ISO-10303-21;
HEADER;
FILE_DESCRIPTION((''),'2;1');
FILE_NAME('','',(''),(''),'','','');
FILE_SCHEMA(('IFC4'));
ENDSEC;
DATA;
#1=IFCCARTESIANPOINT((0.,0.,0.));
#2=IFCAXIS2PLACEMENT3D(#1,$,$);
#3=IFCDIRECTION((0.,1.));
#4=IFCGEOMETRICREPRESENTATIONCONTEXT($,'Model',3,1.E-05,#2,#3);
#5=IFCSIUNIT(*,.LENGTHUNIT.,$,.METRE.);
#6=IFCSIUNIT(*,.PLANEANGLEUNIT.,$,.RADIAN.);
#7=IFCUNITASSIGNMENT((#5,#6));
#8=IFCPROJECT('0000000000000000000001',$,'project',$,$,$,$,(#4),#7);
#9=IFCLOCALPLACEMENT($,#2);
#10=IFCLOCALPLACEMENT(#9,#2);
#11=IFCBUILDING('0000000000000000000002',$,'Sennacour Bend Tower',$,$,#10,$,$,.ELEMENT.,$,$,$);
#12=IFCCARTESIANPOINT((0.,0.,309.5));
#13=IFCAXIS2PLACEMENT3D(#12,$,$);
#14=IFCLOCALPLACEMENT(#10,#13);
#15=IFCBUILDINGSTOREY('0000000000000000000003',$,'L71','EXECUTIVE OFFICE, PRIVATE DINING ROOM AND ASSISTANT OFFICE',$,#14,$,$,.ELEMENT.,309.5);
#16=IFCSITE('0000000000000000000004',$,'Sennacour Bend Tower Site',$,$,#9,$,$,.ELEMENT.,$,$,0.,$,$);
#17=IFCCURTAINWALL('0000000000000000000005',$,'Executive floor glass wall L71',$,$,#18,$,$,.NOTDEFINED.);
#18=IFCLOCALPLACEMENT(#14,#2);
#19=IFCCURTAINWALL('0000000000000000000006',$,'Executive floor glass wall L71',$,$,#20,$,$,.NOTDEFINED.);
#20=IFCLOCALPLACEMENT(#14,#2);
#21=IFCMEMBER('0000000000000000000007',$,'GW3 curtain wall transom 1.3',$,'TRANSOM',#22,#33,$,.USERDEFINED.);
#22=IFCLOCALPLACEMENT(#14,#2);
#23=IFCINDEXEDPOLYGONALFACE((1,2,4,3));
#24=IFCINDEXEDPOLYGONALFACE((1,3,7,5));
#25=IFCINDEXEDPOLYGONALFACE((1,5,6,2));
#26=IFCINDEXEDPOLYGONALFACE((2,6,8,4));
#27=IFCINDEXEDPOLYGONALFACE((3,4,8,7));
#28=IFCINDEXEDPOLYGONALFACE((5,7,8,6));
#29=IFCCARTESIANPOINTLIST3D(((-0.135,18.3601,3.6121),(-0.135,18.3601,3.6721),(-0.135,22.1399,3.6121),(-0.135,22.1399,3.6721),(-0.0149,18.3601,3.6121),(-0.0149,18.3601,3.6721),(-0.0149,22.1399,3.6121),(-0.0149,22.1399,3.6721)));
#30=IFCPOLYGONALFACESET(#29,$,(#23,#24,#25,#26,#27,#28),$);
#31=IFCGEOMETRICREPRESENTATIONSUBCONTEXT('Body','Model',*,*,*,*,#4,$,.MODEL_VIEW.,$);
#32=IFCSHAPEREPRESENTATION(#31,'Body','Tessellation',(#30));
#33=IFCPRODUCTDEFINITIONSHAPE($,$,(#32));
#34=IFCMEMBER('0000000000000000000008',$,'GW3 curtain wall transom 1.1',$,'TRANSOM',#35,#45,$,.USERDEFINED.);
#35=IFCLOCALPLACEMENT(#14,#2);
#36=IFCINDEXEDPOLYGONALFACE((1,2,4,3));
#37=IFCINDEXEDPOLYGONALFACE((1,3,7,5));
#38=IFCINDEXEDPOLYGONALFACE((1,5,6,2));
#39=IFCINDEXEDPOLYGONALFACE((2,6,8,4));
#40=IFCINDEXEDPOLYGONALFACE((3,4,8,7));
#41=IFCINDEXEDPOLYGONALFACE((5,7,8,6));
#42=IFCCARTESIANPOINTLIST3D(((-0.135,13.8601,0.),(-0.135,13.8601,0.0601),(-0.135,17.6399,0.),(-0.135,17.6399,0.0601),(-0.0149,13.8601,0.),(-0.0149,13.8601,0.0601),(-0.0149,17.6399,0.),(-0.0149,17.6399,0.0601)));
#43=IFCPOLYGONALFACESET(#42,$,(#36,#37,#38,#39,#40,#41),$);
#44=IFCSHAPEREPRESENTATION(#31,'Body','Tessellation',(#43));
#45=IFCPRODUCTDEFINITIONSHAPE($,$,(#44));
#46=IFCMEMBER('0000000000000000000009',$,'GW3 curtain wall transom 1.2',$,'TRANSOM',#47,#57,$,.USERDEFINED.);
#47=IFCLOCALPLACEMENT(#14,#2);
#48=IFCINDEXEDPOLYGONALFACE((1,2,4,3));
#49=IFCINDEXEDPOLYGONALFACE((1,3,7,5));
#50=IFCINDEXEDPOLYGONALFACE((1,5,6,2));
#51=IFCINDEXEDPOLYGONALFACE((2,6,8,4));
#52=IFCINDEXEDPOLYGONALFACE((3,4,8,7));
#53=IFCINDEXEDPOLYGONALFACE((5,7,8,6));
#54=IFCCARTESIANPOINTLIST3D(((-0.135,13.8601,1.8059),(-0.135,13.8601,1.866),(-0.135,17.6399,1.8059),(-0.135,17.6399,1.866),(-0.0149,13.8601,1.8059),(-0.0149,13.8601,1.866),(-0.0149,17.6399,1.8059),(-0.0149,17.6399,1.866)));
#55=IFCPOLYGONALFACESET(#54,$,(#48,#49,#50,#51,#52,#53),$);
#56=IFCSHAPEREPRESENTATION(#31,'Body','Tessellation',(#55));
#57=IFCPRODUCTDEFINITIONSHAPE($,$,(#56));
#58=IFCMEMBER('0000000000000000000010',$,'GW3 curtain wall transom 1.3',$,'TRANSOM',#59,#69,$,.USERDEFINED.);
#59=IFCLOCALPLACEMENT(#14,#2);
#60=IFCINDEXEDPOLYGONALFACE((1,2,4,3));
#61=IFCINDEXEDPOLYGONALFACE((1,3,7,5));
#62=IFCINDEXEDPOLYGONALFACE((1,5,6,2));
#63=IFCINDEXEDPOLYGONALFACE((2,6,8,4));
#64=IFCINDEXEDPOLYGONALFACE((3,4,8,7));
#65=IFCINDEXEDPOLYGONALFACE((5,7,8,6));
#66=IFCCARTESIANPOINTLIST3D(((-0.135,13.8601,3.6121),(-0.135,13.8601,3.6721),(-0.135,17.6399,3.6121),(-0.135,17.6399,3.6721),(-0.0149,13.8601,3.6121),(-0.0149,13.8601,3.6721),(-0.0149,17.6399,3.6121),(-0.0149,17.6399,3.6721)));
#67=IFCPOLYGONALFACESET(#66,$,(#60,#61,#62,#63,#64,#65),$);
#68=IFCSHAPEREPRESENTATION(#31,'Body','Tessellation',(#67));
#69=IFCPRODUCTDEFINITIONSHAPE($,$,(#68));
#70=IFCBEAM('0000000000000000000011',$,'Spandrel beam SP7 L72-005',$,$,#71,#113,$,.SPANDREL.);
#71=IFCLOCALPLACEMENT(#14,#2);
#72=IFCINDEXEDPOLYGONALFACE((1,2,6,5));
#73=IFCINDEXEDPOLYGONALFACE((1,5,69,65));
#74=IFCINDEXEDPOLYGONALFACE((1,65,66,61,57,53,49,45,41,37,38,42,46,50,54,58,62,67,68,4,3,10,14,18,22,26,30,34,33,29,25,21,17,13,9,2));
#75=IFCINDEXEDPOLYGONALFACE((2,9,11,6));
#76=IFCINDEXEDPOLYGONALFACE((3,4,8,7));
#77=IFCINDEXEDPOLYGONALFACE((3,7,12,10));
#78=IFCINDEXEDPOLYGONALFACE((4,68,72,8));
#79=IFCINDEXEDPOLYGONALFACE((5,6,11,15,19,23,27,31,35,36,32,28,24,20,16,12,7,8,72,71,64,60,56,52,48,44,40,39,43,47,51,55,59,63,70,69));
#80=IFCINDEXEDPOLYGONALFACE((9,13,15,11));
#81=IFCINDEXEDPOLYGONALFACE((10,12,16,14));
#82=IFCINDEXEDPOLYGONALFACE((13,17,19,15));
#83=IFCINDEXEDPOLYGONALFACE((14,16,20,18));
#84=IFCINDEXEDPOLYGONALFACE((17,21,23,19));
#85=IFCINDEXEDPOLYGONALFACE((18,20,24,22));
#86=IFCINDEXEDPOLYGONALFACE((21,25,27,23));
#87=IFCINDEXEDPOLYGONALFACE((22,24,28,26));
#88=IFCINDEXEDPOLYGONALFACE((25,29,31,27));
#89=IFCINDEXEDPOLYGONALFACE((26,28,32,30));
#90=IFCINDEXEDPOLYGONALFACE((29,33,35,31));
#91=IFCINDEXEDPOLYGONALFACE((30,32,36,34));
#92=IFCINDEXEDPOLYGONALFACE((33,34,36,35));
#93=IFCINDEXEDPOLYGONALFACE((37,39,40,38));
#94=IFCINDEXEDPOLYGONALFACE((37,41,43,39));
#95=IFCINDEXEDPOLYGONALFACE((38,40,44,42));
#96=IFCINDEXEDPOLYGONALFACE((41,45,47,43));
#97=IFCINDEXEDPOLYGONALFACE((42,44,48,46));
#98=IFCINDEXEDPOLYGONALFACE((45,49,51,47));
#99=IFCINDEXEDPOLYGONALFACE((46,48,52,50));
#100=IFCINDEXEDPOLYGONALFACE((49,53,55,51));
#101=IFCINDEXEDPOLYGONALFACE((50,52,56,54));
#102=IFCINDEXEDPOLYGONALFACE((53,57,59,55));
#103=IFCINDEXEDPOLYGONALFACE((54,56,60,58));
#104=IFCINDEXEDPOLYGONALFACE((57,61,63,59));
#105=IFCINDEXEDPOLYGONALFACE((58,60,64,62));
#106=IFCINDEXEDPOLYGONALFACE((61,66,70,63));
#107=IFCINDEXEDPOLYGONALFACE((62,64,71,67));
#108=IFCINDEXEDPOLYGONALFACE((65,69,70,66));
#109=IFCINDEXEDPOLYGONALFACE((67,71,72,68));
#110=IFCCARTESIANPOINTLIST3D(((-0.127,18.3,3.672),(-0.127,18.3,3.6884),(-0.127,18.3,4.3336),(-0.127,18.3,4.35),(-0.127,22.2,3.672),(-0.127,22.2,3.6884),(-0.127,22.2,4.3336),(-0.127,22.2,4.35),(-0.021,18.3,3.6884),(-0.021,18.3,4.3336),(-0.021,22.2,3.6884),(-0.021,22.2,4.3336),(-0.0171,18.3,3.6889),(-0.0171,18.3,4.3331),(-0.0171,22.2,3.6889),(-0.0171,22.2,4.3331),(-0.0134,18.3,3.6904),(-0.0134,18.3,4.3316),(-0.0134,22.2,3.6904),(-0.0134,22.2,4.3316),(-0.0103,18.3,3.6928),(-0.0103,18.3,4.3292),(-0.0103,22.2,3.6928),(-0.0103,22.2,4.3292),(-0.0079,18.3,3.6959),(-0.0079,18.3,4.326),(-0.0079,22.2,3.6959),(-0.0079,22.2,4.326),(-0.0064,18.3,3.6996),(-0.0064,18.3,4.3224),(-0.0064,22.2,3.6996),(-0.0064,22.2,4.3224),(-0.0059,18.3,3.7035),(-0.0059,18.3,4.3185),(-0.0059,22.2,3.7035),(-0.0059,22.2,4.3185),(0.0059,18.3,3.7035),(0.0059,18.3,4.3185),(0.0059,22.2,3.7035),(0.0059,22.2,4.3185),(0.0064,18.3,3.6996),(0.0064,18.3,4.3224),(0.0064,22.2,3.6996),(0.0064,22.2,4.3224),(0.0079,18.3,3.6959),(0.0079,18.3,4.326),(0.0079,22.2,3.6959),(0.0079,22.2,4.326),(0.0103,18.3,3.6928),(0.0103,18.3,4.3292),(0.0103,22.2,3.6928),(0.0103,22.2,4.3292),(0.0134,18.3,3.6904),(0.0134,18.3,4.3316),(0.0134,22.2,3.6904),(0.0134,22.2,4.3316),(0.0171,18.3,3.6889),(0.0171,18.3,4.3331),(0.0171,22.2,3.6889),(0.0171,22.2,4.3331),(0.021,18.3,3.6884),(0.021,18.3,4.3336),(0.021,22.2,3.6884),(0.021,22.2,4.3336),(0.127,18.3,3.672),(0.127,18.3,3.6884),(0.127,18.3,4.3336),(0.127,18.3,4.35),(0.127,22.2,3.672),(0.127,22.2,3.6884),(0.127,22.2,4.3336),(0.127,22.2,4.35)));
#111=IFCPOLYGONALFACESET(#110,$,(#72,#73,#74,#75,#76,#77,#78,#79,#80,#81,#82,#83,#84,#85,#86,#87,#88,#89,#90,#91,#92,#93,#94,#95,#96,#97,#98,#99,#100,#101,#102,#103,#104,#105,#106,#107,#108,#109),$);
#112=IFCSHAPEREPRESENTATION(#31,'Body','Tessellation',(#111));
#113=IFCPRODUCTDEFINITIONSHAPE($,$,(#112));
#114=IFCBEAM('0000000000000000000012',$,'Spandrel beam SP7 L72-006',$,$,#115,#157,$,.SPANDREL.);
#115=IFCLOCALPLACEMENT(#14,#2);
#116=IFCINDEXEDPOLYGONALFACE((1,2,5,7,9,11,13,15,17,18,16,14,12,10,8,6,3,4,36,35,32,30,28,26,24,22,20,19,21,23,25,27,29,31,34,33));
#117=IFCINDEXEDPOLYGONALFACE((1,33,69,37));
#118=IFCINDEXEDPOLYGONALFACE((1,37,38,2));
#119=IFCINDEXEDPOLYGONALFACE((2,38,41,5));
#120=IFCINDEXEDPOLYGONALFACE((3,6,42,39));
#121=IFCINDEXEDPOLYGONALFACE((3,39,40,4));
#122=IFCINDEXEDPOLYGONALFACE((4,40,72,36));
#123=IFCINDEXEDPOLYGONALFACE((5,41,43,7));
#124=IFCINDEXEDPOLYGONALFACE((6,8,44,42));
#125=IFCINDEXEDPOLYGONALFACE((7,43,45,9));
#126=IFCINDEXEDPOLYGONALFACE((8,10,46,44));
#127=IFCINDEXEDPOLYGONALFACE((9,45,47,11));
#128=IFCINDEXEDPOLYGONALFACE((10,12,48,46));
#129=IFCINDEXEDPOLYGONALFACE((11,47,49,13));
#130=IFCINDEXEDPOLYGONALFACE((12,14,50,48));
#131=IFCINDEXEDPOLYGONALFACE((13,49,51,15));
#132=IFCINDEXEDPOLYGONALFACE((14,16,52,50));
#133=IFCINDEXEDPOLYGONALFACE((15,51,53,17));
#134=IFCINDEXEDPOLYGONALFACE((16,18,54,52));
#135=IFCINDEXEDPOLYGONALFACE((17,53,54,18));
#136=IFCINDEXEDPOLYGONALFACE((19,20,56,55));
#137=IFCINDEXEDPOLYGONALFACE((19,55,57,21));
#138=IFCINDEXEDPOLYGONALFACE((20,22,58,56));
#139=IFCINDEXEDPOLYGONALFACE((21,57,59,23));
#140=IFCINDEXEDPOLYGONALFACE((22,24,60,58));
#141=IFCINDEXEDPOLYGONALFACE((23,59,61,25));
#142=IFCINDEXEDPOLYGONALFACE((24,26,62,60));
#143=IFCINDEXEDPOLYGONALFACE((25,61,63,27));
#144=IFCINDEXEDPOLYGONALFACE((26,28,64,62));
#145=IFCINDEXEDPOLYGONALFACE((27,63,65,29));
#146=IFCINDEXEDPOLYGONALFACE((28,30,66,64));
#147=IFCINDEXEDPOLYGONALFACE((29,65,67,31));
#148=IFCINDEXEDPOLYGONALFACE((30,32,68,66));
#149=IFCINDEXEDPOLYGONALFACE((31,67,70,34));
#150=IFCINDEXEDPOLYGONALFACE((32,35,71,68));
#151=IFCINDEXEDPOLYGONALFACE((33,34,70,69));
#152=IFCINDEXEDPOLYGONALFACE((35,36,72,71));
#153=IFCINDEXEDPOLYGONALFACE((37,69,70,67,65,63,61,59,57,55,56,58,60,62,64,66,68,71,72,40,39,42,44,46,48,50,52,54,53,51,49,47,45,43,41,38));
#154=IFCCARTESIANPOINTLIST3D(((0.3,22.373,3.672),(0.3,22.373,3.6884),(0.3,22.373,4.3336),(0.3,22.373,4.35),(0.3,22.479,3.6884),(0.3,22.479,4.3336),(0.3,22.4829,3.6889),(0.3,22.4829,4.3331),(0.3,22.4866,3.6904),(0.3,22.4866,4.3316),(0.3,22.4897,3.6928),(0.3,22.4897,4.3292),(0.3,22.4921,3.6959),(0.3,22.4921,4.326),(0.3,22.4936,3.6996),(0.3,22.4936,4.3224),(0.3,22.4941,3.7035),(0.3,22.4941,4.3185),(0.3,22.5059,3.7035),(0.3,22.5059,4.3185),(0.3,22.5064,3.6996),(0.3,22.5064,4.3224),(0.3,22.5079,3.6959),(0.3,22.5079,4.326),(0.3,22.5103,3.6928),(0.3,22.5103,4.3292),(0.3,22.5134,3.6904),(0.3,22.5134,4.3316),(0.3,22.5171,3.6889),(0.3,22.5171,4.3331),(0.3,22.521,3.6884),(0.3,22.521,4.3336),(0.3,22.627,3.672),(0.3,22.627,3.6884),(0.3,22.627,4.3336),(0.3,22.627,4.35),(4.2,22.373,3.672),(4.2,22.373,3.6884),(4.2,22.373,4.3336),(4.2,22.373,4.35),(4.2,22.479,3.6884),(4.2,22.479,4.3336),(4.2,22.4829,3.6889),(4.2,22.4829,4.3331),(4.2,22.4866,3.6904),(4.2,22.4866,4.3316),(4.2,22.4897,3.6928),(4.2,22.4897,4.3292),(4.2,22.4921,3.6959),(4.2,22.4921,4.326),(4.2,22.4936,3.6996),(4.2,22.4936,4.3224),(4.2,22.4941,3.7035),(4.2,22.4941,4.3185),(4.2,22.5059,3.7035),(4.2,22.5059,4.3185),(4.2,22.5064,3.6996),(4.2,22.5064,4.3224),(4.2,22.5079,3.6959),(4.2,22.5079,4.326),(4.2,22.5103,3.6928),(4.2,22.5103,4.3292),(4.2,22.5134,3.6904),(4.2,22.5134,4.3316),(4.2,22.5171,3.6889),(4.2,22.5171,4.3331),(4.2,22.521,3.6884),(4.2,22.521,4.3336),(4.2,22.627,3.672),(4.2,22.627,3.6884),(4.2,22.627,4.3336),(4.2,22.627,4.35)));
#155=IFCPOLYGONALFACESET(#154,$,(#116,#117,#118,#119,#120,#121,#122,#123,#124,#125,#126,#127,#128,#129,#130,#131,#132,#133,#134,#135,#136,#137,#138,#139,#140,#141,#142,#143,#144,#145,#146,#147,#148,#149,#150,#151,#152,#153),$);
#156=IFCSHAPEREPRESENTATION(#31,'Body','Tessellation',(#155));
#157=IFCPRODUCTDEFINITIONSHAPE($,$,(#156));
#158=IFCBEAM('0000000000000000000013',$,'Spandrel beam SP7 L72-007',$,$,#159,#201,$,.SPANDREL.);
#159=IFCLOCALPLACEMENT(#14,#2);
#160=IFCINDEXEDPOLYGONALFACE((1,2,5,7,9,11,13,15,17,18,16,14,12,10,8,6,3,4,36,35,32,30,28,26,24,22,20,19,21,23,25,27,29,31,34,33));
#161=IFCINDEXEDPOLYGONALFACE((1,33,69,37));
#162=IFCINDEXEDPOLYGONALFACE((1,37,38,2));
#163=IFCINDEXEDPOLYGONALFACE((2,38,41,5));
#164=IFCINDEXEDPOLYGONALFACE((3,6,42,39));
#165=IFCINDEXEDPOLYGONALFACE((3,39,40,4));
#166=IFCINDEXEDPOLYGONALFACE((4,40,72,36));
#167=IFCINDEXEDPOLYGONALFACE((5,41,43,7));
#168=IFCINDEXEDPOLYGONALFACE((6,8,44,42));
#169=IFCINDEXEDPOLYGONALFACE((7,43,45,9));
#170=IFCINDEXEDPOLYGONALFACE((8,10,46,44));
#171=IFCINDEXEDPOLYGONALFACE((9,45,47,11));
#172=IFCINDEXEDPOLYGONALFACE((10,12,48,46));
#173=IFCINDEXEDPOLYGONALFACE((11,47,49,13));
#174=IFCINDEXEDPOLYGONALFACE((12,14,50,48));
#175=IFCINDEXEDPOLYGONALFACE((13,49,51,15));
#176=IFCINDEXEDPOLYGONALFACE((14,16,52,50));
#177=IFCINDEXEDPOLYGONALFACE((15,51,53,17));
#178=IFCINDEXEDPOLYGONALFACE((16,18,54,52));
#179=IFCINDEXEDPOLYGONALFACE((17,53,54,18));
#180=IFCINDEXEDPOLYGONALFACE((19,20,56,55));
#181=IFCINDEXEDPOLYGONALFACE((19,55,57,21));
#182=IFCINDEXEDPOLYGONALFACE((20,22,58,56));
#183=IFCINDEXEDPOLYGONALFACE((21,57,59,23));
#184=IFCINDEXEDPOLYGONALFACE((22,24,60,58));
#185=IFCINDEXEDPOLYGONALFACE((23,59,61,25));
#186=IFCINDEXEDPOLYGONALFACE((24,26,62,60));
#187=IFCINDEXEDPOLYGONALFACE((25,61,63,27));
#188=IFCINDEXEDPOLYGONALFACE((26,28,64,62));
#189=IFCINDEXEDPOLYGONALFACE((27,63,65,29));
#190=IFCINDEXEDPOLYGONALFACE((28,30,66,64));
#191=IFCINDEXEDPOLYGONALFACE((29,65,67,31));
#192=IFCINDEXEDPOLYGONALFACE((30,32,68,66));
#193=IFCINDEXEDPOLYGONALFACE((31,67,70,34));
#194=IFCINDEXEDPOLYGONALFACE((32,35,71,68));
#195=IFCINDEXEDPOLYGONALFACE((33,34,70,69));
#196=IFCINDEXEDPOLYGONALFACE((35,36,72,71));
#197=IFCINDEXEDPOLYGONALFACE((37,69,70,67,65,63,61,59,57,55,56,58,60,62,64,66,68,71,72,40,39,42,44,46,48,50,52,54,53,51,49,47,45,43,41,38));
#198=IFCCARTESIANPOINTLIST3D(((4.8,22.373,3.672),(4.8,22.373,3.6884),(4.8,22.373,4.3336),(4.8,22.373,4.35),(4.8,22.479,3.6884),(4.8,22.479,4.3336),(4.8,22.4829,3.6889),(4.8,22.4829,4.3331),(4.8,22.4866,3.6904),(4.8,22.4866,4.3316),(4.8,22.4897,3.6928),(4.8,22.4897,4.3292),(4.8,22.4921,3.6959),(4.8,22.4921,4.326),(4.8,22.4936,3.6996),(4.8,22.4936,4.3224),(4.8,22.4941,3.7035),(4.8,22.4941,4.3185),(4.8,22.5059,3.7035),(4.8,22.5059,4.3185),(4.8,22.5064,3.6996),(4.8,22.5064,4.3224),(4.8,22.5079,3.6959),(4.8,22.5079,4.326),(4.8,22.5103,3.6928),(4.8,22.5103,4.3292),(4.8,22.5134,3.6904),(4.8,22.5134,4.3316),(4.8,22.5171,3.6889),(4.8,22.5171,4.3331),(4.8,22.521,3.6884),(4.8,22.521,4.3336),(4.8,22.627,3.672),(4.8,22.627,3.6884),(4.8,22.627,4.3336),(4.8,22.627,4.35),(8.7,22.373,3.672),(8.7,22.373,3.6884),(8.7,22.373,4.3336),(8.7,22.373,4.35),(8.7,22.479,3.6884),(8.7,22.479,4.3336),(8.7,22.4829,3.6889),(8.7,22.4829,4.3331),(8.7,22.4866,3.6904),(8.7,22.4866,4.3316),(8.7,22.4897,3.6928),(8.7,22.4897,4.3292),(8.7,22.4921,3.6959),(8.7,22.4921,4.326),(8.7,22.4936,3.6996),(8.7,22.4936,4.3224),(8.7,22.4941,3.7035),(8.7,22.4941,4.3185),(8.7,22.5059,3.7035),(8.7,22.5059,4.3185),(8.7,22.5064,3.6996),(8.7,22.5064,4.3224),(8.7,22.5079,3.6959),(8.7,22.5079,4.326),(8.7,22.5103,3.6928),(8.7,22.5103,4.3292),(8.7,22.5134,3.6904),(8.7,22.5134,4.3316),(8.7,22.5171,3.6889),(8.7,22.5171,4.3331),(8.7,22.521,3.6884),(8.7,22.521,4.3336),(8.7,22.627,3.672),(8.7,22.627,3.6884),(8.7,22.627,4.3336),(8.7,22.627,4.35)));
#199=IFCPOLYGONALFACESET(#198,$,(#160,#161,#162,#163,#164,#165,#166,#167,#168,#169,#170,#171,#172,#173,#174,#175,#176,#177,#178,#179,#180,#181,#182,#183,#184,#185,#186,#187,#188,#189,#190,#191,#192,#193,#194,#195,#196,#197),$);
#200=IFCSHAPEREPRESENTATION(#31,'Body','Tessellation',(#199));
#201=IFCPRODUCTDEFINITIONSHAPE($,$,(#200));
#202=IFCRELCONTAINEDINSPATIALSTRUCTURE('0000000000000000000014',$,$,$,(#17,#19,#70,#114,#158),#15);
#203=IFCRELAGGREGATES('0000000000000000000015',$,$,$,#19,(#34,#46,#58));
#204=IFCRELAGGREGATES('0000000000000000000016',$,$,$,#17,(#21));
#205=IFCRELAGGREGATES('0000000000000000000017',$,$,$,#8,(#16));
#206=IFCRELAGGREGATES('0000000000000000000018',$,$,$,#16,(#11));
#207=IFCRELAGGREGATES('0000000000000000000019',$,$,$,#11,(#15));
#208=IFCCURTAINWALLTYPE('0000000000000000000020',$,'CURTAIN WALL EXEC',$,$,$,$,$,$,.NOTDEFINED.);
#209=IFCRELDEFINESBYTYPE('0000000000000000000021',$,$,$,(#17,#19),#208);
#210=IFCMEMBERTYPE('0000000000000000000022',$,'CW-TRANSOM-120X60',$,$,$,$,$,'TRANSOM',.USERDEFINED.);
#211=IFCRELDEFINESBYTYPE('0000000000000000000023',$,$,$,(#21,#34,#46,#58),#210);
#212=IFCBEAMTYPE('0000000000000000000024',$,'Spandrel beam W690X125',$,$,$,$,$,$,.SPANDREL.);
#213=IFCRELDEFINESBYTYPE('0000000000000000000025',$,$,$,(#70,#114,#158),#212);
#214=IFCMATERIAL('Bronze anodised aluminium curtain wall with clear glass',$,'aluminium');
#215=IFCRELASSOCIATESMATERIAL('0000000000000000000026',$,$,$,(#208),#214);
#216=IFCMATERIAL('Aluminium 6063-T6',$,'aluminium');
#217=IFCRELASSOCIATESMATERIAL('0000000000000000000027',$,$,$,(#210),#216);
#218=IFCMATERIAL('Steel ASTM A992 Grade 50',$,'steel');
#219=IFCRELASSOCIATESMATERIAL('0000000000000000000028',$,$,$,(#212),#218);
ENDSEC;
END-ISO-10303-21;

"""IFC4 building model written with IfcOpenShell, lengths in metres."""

from ifc_helpers import new_model, si_unit, direction, frame, origin, origin_2d, place, context, subcontext, project, spatial, rectangle, i_section, extrude, material, material_profile, profile_set, type_object, element, aggregate, save


model = new_model("IFC4")

# Units and contexts
model_context = context("Model", 3, precision=1e-05, world=origin(), true_north=direction((0.0, 1.0)))
body_context = subcontext(model_context, "Body", "Model", "MODEL_VIEW")
ifc_project = project(units=[si_unit("LENGTHUNIT", "METRE"), si_unit("PLANEANGLEUNIT", "RADIAN")], contexts=[model_context])

# Site, building, storey
site_placement = place(None, origin())
site = spatial("IfcSite", under=ifc_project, at=site_placement, Name="Sennacour Bend Tower Site", CompositionType="ELEMENT", RefElevation=0.0)
building_placement = place(site_placement, origin())
building = spatial("IfcBuilding", under=site, at=building_placement, Name="Sennacour Bend Tower", CompositionType="ELEMENT")
storey_placement = place(building_placement, frame((0.0, 0.0, 309.5)))
storey = spatial("IfcBuildingStorey", under=building, at=storey_placement, Name="L71", Description="EXECUTIVE OFFICE, PRIVATE DINING ROOM AND ASSISTANT OFFICE", CompositionType="ELEMENT", Elevation=309.5)

# Shared definitions
ifc_material_1 = material(Name="Bronze anodised aluminium curtain wall with clear glass", Category="aluminium")
curtain_wall_type = type_object("IfcCurtainWallType", Name="CURTAIN WALL EXEC", PredefinedType="NOTDEFINED", material=ifc_material_1)
ifc_material_2 = material(Name="Aluminium 6063-T6", Category="aluminium")

# Curtain wall
curtain_wall_1_placement = place(storey_placement, origin())
curtain_wall_1 = element("IfcCurtainWall", 1, at=curtain_wall_1_placement, inside=storey, type_object=curtain_wall_type, Name="Executive floor glass wall L71", PredefinedType="NOTDEFINED")

# Curtain wall
curtain_wall_2_placement = place(storey_placement, origin())
curtain_wall_2 = element("IfcCurtainWall", 2, at=curtain_wall_2_placement, inside=storey, type_object=curtain_wall_type, Name="Executive floor glass wall L71", PredefinedType="NOTDEFINED")

# Members
ifc_material_profile_1 = material_profile(ifc_material_2, rectangle(XDim=0.1201, YDim=0.0601, at=origin_2d()), Name="Aluminium 6063-T6", Category="aluminium")
ifc_profile_set_1 = profile_set([ifc_material_profile_1], Name="Aluminium 6063-T6")
member_type_1 = type_object("IfcMemberType", Name="CW-TRANSOM-120X60", ElementType="TRANSOM", PredefinedType="USERDEFINED", material=ifc_profile_set_1)
member_1_placement = place(storey_placement, frame((-0.075, 22.1399, 3.6421), z_axis=(0.0, -1.0, 0.0), x_axis=(1.0, 0.0, 0.0)))
member_1 = element("IfcMember", 3, at=member_1_placement, type_object=member_type_1, Name="GW3 curtain wall transom 1.3", ObjectType="TRANSOM", PredefinedType="USERDEFINED", context=body_context, shape_type="SweptSolid", body=[
    extrude(rectangle(XDim=0.1201, YDim=0.0601, at=origin_2d()), origin(), (0.0, 0.0, 1.0), 3.7798),
])
member_2_placement = place(storey_placement, frame((-0.075, 17.6399, 0.03), z_axis=(0.0, -1.0, 0.0), x_axis=(1.0, 0.0, 0.0)))
member_2 = element("IfcMember", 4, at=member_2_placement, type_object=member_type_1, Name="GW3 curtain wall transom 1.1", ObjectType="TRANSOM", PredefinedType="USERDEFINED", context=body_context, shape_type="SweptSolid", body=[
    extrude(rectangle(XDim=0.1201, YDim=0.0601, at=origin_2d()), origin(), (0.0, 0.0, 1.0), 3.7798),
])
member_3_placement = place(storey_placement, frame((-0.075, 17.6399, 1.8359), z_axis=(0.0, -1.0, 0.0), x_axis=(1.0, 0.0, 0.0)))
member_3 = element("IfcMember", 5, at=member_3_placement, type_object=member_type_1, Name="GW3 curtain wall transom 1.2", ObjectType="TRANSOM", PredefinedType="USERDEFINED", context=body_context, shape_type="SweptSolid", body=[
    extrude(rectangle(XDim=0.1201, YDim=0.0601, at=origin_2d()), origin(), (0.0, 0.0, 1.0), 3.7798),
])
member_4_placement = place(storey_placement, frame((-0.075, 17.6399, 3.6421), z_axis=(0.0, -1.0, 0.0), x_axis=(1.0, 0.0, 0.0)))
member_4 = element("IfcMember", 6, at=member_4_placement, type_object=member_type_1, Name="GW3 curtain wall transom 1.3", ObjectType="TRANSOM", PredefinedType="USERDEFINED", context=body_context, shape_type="SweptSolid", body=[
    extrude(rectangle(XDim=0.1201, YDim=0.0601, at=origin_2d()), origin(), (0.0, 0.0, 1.0), 3.7798),
])
aggregate(curtain_wall_2, [member_2, member_3, member_4])

# Beams
ifc_material_3 = material(Name="Steel ASTM A992 Grade 50", Category="steel")
ifc_material_profile_2 = material_profile(ifc_material_3, i_section(OverallWidth=0.2539, OverallDepth=0.678, WebThickness=0.0117, FlangeThickness=0.0164, FilletRadius=0.0151, at=origin_2d()), Name="Steel ASTM A992 Grade 50", Category="steel")
ifc_profile_set_2 = profile_set([ifc_material_profile_2], Name="Steel ASTM A992 Grade 50")
beam_type = type_object("IfcBeamType", Name="Spandrel beam W690X125", PredefinedType="SPANDREL", material=ifc_profile_set_2)
for number, where, z_axis, x_axis, name in (
    (7, (0.0, 18.3, 4.011), (0.0, 1.0, 0.0), (-1.0, 0.0, 0.0), "Spandrel beam SP7 L72-005"),
    (8, (0.3, 22.5, 4.011), (1.0, 0.0, 0.0), (0.0, 1.0, 0.0), "Spandrel beam SP7 L72-006"),
    (9, (4.8, 22.5, 4.011), (1.0, 0.0, 0.0), (0.0, 1.0, 0.0), "Spandrel beam SP7 L72-007"),
):
    element("IfcBeam", number, at=place(storey_placement, frame(where, z_axis=z_axis, x_axis=x_axis)), inside=storey, type_object=beam_type, Name=name, PredefinedType="SPANDREL", context=body_context, shape_type="SweptSolid", body=[
        extrude(i_section(OverallWidth=0.2539, OverallDepth=0.678, WebThickness=0.0117, FlangeThickness=0.0164, FilletRadius=0.0151, at=origin_2d()), origin(), (0.0, 0.0, 1.0), 3.8999),
    ])

aggregate(curtain_wall_1, [member_1])

save(model, "model.ifc")
